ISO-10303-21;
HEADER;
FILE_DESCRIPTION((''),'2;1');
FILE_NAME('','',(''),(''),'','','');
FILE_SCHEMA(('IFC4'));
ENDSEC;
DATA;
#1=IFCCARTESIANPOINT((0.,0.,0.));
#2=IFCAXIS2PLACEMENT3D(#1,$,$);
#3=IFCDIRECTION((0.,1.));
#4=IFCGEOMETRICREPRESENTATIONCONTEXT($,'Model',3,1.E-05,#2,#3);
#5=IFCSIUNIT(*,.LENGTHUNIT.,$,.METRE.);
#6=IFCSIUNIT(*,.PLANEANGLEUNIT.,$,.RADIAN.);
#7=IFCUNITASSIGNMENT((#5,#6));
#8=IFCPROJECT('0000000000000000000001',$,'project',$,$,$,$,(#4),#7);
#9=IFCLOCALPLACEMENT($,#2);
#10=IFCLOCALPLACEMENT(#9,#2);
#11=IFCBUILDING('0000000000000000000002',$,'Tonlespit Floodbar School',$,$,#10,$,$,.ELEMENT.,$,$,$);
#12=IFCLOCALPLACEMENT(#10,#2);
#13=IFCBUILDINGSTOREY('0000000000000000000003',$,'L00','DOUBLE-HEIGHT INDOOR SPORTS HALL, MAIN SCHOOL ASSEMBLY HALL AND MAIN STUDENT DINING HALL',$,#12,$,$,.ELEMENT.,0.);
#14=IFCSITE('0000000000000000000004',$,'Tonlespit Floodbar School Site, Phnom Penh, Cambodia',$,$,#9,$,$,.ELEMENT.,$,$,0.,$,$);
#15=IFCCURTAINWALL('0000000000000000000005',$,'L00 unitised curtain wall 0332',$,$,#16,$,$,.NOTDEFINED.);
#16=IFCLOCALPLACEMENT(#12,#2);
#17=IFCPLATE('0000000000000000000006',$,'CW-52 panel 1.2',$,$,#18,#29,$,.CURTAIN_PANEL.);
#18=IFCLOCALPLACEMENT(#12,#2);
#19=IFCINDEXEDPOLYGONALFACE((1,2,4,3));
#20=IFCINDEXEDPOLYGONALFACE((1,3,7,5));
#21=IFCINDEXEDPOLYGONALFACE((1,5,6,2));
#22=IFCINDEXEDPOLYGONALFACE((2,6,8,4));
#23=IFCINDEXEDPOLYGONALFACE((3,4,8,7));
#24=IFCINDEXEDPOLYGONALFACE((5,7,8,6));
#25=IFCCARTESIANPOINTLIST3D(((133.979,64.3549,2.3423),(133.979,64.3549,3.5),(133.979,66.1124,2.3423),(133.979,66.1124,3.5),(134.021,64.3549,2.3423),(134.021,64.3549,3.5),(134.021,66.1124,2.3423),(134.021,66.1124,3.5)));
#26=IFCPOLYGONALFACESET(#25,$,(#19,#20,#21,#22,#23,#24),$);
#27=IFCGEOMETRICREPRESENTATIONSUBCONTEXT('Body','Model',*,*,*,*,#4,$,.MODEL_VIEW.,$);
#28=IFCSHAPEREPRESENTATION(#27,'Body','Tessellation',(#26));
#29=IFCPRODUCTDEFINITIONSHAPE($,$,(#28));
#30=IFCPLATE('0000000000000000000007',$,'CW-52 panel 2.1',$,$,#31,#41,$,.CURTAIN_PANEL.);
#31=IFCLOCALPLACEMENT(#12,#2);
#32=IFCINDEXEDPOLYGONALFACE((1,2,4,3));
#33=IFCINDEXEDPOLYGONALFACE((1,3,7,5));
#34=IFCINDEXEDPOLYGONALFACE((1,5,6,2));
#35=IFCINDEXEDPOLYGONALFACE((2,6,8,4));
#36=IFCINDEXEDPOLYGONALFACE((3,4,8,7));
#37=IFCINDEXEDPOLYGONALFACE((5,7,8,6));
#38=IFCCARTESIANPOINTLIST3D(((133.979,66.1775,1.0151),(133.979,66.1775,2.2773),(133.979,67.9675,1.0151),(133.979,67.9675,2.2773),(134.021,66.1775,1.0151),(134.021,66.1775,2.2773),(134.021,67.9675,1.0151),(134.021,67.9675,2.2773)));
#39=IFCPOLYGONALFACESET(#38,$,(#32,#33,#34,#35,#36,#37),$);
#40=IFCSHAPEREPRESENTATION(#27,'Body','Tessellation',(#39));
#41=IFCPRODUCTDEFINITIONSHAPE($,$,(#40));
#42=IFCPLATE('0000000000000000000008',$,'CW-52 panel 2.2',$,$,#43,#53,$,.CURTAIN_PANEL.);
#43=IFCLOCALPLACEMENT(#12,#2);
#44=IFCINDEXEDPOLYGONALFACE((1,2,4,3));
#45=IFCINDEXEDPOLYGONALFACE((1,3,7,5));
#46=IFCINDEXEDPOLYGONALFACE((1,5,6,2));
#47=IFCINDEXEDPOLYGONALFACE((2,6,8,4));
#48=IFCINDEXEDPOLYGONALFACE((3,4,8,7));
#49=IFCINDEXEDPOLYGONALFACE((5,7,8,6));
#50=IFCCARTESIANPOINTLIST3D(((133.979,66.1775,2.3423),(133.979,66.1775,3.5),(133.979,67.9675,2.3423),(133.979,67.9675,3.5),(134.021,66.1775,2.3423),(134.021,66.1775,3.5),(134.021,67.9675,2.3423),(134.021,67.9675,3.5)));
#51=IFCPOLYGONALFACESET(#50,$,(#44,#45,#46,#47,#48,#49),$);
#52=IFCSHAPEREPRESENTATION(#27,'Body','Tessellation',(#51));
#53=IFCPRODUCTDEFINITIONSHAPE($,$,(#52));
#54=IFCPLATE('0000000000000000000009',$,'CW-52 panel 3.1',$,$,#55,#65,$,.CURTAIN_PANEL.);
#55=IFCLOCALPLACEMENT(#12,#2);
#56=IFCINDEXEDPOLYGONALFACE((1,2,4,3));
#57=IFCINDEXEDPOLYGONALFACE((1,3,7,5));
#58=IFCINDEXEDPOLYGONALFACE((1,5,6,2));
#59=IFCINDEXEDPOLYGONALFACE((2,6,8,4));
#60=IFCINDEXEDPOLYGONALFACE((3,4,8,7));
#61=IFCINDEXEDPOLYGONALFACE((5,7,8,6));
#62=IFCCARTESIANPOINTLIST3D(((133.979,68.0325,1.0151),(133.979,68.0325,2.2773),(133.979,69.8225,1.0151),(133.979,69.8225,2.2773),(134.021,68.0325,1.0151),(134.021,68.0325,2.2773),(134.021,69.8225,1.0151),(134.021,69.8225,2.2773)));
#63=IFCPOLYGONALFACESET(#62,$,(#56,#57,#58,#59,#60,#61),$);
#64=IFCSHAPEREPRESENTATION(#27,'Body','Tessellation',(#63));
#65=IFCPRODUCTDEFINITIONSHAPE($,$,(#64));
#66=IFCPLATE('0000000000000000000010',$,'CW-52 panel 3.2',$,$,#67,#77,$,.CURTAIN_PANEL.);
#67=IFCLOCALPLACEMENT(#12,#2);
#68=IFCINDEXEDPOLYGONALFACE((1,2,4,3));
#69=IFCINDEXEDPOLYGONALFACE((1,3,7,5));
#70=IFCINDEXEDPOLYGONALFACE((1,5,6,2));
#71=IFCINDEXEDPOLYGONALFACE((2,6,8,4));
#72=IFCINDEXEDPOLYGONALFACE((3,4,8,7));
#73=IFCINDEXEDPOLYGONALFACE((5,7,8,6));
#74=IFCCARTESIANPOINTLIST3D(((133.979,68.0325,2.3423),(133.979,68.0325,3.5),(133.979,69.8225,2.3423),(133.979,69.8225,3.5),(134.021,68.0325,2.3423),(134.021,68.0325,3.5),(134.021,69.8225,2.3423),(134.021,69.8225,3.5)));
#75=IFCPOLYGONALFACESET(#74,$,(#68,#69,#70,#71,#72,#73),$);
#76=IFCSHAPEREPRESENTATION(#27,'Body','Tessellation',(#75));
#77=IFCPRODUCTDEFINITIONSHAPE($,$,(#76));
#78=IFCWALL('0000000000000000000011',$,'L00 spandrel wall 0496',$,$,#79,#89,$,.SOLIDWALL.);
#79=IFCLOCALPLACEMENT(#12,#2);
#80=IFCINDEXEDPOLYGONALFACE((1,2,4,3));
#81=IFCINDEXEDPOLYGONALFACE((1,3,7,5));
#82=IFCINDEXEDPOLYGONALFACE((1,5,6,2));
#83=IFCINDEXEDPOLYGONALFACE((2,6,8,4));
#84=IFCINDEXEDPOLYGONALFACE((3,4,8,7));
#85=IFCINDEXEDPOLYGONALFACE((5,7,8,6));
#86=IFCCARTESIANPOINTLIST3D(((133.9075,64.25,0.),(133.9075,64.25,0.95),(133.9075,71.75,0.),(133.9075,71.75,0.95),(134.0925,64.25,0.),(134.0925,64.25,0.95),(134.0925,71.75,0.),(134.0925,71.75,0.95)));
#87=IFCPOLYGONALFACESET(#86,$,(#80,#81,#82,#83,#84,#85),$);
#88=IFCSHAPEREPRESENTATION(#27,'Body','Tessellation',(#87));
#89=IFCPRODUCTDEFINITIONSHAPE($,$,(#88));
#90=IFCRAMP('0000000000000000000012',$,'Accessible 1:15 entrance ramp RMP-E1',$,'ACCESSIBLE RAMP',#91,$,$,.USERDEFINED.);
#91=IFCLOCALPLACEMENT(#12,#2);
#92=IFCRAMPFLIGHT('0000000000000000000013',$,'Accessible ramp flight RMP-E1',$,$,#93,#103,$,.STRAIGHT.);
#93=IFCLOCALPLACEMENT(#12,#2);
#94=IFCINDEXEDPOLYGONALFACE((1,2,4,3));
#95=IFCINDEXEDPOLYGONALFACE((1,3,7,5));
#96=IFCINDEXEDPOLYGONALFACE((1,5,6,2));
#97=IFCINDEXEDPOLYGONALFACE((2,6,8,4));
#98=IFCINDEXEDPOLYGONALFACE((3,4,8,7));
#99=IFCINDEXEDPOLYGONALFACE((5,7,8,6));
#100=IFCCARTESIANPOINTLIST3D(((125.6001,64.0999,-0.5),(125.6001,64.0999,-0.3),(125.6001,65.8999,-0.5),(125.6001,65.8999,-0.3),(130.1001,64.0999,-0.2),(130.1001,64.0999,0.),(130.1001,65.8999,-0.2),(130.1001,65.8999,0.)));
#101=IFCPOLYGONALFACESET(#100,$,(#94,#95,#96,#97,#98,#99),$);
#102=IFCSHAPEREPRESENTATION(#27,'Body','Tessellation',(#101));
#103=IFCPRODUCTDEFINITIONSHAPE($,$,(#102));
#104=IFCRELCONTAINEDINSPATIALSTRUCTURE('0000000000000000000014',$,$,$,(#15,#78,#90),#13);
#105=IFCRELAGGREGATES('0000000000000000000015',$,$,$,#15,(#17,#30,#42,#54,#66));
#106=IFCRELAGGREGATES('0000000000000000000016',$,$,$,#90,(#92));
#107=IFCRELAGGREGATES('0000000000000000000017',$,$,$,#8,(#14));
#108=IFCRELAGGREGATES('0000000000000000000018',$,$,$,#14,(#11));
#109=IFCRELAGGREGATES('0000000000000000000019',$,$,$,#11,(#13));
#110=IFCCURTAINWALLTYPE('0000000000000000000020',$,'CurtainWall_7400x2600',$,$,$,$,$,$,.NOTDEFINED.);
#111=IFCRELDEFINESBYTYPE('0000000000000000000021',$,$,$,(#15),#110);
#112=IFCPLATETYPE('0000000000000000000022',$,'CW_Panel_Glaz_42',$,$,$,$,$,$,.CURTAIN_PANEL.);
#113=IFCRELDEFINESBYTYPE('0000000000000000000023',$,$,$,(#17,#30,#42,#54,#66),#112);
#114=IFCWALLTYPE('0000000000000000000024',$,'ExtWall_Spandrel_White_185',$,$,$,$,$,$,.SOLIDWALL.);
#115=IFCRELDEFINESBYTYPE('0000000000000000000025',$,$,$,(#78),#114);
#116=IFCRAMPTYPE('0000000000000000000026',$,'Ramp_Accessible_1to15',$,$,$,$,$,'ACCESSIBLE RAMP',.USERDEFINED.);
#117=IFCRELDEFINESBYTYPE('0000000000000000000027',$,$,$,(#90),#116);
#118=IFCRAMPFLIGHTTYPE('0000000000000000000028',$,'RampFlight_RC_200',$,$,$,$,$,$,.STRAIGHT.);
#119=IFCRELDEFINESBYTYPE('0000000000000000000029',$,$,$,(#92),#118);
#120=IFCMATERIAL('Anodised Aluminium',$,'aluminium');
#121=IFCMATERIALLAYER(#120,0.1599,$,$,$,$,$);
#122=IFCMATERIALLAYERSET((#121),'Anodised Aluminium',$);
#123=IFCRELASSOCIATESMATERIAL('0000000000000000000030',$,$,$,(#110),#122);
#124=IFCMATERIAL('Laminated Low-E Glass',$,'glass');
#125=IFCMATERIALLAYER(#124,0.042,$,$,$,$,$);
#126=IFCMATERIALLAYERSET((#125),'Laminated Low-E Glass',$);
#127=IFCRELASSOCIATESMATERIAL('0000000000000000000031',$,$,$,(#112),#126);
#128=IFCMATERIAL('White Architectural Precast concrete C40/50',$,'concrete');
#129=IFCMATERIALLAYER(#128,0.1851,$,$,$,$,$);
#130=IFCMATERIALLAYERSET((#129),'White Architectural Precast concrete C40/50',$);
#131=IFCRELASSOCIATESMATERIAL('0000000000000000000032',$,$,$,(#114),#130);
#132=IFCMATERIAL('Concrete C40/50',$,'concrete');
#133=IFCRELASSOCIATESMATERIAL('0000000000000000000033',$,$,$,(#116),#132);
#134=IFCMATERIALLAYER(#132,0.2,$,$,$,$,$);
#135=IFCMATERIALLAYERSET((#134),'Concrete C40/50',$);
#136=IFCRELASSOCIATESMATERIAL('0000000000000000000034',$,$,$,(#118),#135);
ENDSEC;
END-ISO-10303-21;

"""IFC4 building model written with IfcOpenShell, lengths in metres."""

from ifc_helpers import new_model, si_unit, direction, frame, frame_2d, origin, origin_2d, place, context, subcontext, project, spatial, polyline, rectangle, outline, extrude, material, layer, layer_set, type_object, element, aggregate, save


model = new_model("IFC4")

# Units and contexts
model_context = context("Model", 3, precision=1e-05, world=origin(), true_north=direction((0.0, 1.0)))
body_context = subcontext(model_context, "Body", "Model", "MODEL_VIEW")
ifc_project = project(units=[si_unit("LENGTHUNIT", "METRE"), si_unit("PLANEANGLEUNIT", "RADIAN")], contexts=[model_context])

# Site, building, storey
site_placement = place(None, origin())
site = spatial("IfcSite", under=ifc_project, at=site_placement, Name="Tonlespit Floodbar School Site, Phnom Penh, Cambodia", CompositionType="ELEMENT", RefElevation=0.0)
building_placement = place(site_placement, origin())
building = spatial("IfcBuilding", under=site, at=building_placement, Name="Tonlespit Floodbar School", CompositionType="ELEMENT")
storey_placement = place(building_placement, origin())
storey = spatial("IfcBuildingStorey", under=building, at=storey_placement, Name="L00", Description="DOUBLE-HEIGHT INDOOR SPORTS HALL, MAIN SCHOOL ASSEMBLY HALL AND MAIN STUDENT DINING HALL", CompositionType="ELEMENT", Elevation=0.0)

# Shared definitions
ifc_material_1 = material(Name="Concrete C40/50", Category="concrete")

# Curtain wall
ifc_material_2 = material(Name="Anodised Aluminium", Category="aluminium")
ifc_layer_1 = layer(ifc_material_2, 0.1599)
ifc_layer_set_1 = layer_set([ifc_layer_1], Name="Anodised Aluminium")
curtain_wall_type = type_object("IfcCurtainWallType", Name="CurtainWall_7400x2600", PredefinedType="NOTDEFINED", material=ifc_layer_set_1)
curtain_wall_placement = place(storey_placement, origin())
curtain_wall = element("IfcCurtainWall", 1, at=curtain_wall_placement, inside=storey, type_object=curtain_wall_type, Name="L00 unitised curtain wall 0332", PredefinedType="NOTDEFINED")

# Plates
ifc_material_3 = material(Name="Laminated Low-E Glass", Category="glass")
ifc_layer_2 = layer(ifc_material_3, 0.042)
ifc_layer_set_2 = layer_set([ifc_layer_2], Name="Laminated Low-E Glass")
plate_type = type_object("IfcPlateType", Name="CW_Panel_Glaz_42", PredefinedType="CURTAIN_PANEL", material=ifc_layer_set_2)
plate_1_placement = place(storey_placement, frame((134.0, 65.2336, 2.3423), z_axis=(0.0, 0.0, 1.0), x_axis=(0.0, 1.0, 0.0)))
plate_1 = element("IfcPlate", 2, at=plate_1_placement, type_object=plate_type, Name="CW-52 panel 1.2", PredefinedType="CURTAIN_PANEL", context=body_context, shape_type="SweptSolid", body=[
    extrude(rectangle(XDim=1.7576, YDim=0.042, at=origin_2d()), origin(), (0.0, 0.0, 1.0), 1.1577),
])
plate_2_placement = place(storey_placement, frame((134.0, 67.0725, 1.0151), z_axis=(0.0, 0.0, 1.0), x_axis=(0.0, 1.0, 0.0)))
plate_2 = element("IfcPlate", 3, at=plate_2_placement, type_object=plate_type, Name="CW-52 panel 2.1", PredefinedType="CURTAIN_PANEL", context=body_context, shape_type="SweptSolid", body=[
    extrude(rectangle(XDim=1.79, YDim=0.042, at=origin_2d()), origin(), (0.0, 0.0, 1.0), 1.2622),
])
plate_3_placement = place(storey_placement, frame((134.0, 67.0725, 2.3423), z_axis=(0.0, 0.0, 1.0), x_axis=(0.0, 1.0, 0.0)))
plate_3 = element("IfcPlate", 4, at=plate_3_placement, type_object=plate_type, Name="CW-52 panel 2.2", PredefinedType="CURTAIN_PANEL", context=body_context, shape_type="SweptSolid", body=[
    extrude(rectangle(XDim=1.79, YDim=0.042, at=origin_2d()), origin(), (0.0, 0.0, 1.0), 1.1577),
])
plate_4_placement = place(storey_placement, frame((134.0, 68.9275, 1.0151), z_axis=(0.0, 0.0, 1.0), x_axis=(0.0, 1.0, 0.0)))
plate_4 = element("IfcPlate", 5, at=plate_4_placement, type_object=plate_type, Name="CW-52 panel 3.1", PredefinedType="CURTAIN_PANEL", context=body_context, shape_type="SweptSolid", body=[
    extrude(rectangle(XDim=1.79, YDim=0.042, at=origin_2d()), origin(), (0.0, 0.0, 1.0), 1.2622),
])
plate_5_placement = place(storey_placement, frame((134.0, 68.9275, 2.3423), z_axis=(0.0, 0.0, 1.0), x_axis=(0.0, 1.0, 0.0)))
plate_5 = element("IfcPlate", 6, at=plate_5_placement, type_object=plate_type, Name="CW-52 panel 3.2", PredefinedType="CURTAIN_PANEL", context=body_context, shape_type="SweptSolid", body=[
    extrude(rectangle(XDim=1.79, YDim=0.042, at=origin_2d()), origin(), (0.0, 0.0, 1.0), 1.1577),
])
aggregate(curtain_wall, [plate_1, plate_2, plate_3, plate_4, plate_5])

# Wall
ifc_material_4 = material(Name="White Architectural Precast concrete C40/50", Category="concrete")
ifc_layer_3 = layer(ifc_material_4, 0.1851)
ifc_layer_set_3 = layer_set([ifc_layer_3], Name="White Architectural Precast concrete C40/50")
wall_type = type_object("IfcWallType", Name="ExtWall_Spandrel_White_185", PredefinedType="SOLIDWALL", material=ifc_layer_set_3)
wall_placement = place(storey_placement, frame((134.0, 64.25, 0.0), z_axis=(0.0, 0.0, 1.0), x_axis=(0.0, 1.0, 0.0)))
element("IfcWall", 7, at=wall_placement, inside=storey, type_object=wall_type, Name="L00 spandrel wall 0496", PredefinedType="SOLIDWALL", context=body_context, shape_type="SweptSolid", body=[
    extrude(rectangle(XDim=7.5, YDim=0.1851, at=frame_2d((3.75, 0.0))), origin(), (0.0, 0.0, 1.0), 0.95),
])

# Ramp, ramp flight
ramp_type = type_object("IfcRampType", Name="Ramp_Accessible_1to15", ElementType="ACCESSIBLE RAMP", PredefinedType="USERDEFINED", material=ifc_material_1)
ramp_placement = place(storey_placement, origin())
ramp = element("IfcRamp", 8, at=ramp_placement, inside=storey, type_object=ramp_type, Name="Accessible 1:15 entrance ramp RMP-E1", ObjectType="ACCESSIBLE RAMP", PredefinedType="USERDEFINED")
ifc_layer_4 = layer(ifc_material_1, 0.2)
ifc_layer_set_4 = layer_set([ifc_layer_4], Name="Concrete C40/50")
ramp_flight_type = type_object("IfcRampFlightType", Name="RampFlight_RC_200", PredefinedType="STRAIGHT", material=ifc_layer_set_4)
ramp_flight_placement = place(storey_placement, frame((125.6001, 65.0, -0.3), z_axis=(0.0, 0.0, 1.0), x_axis=(1.0, 0.0, 0.0)))
ramp_flight = element("IfcRampFlight", 9, at=ramp_flight_placement, type_object=ramp_flight_type, Name="Accessible ramp flight RMP-E1", PredefinedType="STRAIGHT", context=body_context, shape_type="SweptSolid", body=[
    extrude(outline(polyline([(0.0, 0.0), (0.0, -0.2), (4.5, 0.1001), (4.5, 0.3), (0.0, 0.0)])), frame((0.0, 0.8999, 0.0), z_axis=(0.0, -1.0, 0.0), x_axis=(1.0, 0.0, 0.0)), (0.0, 0.0, 1.0), 1.8),
])
aggregate(ramp, [ramp_flight])

save(model, "model.ifc")
